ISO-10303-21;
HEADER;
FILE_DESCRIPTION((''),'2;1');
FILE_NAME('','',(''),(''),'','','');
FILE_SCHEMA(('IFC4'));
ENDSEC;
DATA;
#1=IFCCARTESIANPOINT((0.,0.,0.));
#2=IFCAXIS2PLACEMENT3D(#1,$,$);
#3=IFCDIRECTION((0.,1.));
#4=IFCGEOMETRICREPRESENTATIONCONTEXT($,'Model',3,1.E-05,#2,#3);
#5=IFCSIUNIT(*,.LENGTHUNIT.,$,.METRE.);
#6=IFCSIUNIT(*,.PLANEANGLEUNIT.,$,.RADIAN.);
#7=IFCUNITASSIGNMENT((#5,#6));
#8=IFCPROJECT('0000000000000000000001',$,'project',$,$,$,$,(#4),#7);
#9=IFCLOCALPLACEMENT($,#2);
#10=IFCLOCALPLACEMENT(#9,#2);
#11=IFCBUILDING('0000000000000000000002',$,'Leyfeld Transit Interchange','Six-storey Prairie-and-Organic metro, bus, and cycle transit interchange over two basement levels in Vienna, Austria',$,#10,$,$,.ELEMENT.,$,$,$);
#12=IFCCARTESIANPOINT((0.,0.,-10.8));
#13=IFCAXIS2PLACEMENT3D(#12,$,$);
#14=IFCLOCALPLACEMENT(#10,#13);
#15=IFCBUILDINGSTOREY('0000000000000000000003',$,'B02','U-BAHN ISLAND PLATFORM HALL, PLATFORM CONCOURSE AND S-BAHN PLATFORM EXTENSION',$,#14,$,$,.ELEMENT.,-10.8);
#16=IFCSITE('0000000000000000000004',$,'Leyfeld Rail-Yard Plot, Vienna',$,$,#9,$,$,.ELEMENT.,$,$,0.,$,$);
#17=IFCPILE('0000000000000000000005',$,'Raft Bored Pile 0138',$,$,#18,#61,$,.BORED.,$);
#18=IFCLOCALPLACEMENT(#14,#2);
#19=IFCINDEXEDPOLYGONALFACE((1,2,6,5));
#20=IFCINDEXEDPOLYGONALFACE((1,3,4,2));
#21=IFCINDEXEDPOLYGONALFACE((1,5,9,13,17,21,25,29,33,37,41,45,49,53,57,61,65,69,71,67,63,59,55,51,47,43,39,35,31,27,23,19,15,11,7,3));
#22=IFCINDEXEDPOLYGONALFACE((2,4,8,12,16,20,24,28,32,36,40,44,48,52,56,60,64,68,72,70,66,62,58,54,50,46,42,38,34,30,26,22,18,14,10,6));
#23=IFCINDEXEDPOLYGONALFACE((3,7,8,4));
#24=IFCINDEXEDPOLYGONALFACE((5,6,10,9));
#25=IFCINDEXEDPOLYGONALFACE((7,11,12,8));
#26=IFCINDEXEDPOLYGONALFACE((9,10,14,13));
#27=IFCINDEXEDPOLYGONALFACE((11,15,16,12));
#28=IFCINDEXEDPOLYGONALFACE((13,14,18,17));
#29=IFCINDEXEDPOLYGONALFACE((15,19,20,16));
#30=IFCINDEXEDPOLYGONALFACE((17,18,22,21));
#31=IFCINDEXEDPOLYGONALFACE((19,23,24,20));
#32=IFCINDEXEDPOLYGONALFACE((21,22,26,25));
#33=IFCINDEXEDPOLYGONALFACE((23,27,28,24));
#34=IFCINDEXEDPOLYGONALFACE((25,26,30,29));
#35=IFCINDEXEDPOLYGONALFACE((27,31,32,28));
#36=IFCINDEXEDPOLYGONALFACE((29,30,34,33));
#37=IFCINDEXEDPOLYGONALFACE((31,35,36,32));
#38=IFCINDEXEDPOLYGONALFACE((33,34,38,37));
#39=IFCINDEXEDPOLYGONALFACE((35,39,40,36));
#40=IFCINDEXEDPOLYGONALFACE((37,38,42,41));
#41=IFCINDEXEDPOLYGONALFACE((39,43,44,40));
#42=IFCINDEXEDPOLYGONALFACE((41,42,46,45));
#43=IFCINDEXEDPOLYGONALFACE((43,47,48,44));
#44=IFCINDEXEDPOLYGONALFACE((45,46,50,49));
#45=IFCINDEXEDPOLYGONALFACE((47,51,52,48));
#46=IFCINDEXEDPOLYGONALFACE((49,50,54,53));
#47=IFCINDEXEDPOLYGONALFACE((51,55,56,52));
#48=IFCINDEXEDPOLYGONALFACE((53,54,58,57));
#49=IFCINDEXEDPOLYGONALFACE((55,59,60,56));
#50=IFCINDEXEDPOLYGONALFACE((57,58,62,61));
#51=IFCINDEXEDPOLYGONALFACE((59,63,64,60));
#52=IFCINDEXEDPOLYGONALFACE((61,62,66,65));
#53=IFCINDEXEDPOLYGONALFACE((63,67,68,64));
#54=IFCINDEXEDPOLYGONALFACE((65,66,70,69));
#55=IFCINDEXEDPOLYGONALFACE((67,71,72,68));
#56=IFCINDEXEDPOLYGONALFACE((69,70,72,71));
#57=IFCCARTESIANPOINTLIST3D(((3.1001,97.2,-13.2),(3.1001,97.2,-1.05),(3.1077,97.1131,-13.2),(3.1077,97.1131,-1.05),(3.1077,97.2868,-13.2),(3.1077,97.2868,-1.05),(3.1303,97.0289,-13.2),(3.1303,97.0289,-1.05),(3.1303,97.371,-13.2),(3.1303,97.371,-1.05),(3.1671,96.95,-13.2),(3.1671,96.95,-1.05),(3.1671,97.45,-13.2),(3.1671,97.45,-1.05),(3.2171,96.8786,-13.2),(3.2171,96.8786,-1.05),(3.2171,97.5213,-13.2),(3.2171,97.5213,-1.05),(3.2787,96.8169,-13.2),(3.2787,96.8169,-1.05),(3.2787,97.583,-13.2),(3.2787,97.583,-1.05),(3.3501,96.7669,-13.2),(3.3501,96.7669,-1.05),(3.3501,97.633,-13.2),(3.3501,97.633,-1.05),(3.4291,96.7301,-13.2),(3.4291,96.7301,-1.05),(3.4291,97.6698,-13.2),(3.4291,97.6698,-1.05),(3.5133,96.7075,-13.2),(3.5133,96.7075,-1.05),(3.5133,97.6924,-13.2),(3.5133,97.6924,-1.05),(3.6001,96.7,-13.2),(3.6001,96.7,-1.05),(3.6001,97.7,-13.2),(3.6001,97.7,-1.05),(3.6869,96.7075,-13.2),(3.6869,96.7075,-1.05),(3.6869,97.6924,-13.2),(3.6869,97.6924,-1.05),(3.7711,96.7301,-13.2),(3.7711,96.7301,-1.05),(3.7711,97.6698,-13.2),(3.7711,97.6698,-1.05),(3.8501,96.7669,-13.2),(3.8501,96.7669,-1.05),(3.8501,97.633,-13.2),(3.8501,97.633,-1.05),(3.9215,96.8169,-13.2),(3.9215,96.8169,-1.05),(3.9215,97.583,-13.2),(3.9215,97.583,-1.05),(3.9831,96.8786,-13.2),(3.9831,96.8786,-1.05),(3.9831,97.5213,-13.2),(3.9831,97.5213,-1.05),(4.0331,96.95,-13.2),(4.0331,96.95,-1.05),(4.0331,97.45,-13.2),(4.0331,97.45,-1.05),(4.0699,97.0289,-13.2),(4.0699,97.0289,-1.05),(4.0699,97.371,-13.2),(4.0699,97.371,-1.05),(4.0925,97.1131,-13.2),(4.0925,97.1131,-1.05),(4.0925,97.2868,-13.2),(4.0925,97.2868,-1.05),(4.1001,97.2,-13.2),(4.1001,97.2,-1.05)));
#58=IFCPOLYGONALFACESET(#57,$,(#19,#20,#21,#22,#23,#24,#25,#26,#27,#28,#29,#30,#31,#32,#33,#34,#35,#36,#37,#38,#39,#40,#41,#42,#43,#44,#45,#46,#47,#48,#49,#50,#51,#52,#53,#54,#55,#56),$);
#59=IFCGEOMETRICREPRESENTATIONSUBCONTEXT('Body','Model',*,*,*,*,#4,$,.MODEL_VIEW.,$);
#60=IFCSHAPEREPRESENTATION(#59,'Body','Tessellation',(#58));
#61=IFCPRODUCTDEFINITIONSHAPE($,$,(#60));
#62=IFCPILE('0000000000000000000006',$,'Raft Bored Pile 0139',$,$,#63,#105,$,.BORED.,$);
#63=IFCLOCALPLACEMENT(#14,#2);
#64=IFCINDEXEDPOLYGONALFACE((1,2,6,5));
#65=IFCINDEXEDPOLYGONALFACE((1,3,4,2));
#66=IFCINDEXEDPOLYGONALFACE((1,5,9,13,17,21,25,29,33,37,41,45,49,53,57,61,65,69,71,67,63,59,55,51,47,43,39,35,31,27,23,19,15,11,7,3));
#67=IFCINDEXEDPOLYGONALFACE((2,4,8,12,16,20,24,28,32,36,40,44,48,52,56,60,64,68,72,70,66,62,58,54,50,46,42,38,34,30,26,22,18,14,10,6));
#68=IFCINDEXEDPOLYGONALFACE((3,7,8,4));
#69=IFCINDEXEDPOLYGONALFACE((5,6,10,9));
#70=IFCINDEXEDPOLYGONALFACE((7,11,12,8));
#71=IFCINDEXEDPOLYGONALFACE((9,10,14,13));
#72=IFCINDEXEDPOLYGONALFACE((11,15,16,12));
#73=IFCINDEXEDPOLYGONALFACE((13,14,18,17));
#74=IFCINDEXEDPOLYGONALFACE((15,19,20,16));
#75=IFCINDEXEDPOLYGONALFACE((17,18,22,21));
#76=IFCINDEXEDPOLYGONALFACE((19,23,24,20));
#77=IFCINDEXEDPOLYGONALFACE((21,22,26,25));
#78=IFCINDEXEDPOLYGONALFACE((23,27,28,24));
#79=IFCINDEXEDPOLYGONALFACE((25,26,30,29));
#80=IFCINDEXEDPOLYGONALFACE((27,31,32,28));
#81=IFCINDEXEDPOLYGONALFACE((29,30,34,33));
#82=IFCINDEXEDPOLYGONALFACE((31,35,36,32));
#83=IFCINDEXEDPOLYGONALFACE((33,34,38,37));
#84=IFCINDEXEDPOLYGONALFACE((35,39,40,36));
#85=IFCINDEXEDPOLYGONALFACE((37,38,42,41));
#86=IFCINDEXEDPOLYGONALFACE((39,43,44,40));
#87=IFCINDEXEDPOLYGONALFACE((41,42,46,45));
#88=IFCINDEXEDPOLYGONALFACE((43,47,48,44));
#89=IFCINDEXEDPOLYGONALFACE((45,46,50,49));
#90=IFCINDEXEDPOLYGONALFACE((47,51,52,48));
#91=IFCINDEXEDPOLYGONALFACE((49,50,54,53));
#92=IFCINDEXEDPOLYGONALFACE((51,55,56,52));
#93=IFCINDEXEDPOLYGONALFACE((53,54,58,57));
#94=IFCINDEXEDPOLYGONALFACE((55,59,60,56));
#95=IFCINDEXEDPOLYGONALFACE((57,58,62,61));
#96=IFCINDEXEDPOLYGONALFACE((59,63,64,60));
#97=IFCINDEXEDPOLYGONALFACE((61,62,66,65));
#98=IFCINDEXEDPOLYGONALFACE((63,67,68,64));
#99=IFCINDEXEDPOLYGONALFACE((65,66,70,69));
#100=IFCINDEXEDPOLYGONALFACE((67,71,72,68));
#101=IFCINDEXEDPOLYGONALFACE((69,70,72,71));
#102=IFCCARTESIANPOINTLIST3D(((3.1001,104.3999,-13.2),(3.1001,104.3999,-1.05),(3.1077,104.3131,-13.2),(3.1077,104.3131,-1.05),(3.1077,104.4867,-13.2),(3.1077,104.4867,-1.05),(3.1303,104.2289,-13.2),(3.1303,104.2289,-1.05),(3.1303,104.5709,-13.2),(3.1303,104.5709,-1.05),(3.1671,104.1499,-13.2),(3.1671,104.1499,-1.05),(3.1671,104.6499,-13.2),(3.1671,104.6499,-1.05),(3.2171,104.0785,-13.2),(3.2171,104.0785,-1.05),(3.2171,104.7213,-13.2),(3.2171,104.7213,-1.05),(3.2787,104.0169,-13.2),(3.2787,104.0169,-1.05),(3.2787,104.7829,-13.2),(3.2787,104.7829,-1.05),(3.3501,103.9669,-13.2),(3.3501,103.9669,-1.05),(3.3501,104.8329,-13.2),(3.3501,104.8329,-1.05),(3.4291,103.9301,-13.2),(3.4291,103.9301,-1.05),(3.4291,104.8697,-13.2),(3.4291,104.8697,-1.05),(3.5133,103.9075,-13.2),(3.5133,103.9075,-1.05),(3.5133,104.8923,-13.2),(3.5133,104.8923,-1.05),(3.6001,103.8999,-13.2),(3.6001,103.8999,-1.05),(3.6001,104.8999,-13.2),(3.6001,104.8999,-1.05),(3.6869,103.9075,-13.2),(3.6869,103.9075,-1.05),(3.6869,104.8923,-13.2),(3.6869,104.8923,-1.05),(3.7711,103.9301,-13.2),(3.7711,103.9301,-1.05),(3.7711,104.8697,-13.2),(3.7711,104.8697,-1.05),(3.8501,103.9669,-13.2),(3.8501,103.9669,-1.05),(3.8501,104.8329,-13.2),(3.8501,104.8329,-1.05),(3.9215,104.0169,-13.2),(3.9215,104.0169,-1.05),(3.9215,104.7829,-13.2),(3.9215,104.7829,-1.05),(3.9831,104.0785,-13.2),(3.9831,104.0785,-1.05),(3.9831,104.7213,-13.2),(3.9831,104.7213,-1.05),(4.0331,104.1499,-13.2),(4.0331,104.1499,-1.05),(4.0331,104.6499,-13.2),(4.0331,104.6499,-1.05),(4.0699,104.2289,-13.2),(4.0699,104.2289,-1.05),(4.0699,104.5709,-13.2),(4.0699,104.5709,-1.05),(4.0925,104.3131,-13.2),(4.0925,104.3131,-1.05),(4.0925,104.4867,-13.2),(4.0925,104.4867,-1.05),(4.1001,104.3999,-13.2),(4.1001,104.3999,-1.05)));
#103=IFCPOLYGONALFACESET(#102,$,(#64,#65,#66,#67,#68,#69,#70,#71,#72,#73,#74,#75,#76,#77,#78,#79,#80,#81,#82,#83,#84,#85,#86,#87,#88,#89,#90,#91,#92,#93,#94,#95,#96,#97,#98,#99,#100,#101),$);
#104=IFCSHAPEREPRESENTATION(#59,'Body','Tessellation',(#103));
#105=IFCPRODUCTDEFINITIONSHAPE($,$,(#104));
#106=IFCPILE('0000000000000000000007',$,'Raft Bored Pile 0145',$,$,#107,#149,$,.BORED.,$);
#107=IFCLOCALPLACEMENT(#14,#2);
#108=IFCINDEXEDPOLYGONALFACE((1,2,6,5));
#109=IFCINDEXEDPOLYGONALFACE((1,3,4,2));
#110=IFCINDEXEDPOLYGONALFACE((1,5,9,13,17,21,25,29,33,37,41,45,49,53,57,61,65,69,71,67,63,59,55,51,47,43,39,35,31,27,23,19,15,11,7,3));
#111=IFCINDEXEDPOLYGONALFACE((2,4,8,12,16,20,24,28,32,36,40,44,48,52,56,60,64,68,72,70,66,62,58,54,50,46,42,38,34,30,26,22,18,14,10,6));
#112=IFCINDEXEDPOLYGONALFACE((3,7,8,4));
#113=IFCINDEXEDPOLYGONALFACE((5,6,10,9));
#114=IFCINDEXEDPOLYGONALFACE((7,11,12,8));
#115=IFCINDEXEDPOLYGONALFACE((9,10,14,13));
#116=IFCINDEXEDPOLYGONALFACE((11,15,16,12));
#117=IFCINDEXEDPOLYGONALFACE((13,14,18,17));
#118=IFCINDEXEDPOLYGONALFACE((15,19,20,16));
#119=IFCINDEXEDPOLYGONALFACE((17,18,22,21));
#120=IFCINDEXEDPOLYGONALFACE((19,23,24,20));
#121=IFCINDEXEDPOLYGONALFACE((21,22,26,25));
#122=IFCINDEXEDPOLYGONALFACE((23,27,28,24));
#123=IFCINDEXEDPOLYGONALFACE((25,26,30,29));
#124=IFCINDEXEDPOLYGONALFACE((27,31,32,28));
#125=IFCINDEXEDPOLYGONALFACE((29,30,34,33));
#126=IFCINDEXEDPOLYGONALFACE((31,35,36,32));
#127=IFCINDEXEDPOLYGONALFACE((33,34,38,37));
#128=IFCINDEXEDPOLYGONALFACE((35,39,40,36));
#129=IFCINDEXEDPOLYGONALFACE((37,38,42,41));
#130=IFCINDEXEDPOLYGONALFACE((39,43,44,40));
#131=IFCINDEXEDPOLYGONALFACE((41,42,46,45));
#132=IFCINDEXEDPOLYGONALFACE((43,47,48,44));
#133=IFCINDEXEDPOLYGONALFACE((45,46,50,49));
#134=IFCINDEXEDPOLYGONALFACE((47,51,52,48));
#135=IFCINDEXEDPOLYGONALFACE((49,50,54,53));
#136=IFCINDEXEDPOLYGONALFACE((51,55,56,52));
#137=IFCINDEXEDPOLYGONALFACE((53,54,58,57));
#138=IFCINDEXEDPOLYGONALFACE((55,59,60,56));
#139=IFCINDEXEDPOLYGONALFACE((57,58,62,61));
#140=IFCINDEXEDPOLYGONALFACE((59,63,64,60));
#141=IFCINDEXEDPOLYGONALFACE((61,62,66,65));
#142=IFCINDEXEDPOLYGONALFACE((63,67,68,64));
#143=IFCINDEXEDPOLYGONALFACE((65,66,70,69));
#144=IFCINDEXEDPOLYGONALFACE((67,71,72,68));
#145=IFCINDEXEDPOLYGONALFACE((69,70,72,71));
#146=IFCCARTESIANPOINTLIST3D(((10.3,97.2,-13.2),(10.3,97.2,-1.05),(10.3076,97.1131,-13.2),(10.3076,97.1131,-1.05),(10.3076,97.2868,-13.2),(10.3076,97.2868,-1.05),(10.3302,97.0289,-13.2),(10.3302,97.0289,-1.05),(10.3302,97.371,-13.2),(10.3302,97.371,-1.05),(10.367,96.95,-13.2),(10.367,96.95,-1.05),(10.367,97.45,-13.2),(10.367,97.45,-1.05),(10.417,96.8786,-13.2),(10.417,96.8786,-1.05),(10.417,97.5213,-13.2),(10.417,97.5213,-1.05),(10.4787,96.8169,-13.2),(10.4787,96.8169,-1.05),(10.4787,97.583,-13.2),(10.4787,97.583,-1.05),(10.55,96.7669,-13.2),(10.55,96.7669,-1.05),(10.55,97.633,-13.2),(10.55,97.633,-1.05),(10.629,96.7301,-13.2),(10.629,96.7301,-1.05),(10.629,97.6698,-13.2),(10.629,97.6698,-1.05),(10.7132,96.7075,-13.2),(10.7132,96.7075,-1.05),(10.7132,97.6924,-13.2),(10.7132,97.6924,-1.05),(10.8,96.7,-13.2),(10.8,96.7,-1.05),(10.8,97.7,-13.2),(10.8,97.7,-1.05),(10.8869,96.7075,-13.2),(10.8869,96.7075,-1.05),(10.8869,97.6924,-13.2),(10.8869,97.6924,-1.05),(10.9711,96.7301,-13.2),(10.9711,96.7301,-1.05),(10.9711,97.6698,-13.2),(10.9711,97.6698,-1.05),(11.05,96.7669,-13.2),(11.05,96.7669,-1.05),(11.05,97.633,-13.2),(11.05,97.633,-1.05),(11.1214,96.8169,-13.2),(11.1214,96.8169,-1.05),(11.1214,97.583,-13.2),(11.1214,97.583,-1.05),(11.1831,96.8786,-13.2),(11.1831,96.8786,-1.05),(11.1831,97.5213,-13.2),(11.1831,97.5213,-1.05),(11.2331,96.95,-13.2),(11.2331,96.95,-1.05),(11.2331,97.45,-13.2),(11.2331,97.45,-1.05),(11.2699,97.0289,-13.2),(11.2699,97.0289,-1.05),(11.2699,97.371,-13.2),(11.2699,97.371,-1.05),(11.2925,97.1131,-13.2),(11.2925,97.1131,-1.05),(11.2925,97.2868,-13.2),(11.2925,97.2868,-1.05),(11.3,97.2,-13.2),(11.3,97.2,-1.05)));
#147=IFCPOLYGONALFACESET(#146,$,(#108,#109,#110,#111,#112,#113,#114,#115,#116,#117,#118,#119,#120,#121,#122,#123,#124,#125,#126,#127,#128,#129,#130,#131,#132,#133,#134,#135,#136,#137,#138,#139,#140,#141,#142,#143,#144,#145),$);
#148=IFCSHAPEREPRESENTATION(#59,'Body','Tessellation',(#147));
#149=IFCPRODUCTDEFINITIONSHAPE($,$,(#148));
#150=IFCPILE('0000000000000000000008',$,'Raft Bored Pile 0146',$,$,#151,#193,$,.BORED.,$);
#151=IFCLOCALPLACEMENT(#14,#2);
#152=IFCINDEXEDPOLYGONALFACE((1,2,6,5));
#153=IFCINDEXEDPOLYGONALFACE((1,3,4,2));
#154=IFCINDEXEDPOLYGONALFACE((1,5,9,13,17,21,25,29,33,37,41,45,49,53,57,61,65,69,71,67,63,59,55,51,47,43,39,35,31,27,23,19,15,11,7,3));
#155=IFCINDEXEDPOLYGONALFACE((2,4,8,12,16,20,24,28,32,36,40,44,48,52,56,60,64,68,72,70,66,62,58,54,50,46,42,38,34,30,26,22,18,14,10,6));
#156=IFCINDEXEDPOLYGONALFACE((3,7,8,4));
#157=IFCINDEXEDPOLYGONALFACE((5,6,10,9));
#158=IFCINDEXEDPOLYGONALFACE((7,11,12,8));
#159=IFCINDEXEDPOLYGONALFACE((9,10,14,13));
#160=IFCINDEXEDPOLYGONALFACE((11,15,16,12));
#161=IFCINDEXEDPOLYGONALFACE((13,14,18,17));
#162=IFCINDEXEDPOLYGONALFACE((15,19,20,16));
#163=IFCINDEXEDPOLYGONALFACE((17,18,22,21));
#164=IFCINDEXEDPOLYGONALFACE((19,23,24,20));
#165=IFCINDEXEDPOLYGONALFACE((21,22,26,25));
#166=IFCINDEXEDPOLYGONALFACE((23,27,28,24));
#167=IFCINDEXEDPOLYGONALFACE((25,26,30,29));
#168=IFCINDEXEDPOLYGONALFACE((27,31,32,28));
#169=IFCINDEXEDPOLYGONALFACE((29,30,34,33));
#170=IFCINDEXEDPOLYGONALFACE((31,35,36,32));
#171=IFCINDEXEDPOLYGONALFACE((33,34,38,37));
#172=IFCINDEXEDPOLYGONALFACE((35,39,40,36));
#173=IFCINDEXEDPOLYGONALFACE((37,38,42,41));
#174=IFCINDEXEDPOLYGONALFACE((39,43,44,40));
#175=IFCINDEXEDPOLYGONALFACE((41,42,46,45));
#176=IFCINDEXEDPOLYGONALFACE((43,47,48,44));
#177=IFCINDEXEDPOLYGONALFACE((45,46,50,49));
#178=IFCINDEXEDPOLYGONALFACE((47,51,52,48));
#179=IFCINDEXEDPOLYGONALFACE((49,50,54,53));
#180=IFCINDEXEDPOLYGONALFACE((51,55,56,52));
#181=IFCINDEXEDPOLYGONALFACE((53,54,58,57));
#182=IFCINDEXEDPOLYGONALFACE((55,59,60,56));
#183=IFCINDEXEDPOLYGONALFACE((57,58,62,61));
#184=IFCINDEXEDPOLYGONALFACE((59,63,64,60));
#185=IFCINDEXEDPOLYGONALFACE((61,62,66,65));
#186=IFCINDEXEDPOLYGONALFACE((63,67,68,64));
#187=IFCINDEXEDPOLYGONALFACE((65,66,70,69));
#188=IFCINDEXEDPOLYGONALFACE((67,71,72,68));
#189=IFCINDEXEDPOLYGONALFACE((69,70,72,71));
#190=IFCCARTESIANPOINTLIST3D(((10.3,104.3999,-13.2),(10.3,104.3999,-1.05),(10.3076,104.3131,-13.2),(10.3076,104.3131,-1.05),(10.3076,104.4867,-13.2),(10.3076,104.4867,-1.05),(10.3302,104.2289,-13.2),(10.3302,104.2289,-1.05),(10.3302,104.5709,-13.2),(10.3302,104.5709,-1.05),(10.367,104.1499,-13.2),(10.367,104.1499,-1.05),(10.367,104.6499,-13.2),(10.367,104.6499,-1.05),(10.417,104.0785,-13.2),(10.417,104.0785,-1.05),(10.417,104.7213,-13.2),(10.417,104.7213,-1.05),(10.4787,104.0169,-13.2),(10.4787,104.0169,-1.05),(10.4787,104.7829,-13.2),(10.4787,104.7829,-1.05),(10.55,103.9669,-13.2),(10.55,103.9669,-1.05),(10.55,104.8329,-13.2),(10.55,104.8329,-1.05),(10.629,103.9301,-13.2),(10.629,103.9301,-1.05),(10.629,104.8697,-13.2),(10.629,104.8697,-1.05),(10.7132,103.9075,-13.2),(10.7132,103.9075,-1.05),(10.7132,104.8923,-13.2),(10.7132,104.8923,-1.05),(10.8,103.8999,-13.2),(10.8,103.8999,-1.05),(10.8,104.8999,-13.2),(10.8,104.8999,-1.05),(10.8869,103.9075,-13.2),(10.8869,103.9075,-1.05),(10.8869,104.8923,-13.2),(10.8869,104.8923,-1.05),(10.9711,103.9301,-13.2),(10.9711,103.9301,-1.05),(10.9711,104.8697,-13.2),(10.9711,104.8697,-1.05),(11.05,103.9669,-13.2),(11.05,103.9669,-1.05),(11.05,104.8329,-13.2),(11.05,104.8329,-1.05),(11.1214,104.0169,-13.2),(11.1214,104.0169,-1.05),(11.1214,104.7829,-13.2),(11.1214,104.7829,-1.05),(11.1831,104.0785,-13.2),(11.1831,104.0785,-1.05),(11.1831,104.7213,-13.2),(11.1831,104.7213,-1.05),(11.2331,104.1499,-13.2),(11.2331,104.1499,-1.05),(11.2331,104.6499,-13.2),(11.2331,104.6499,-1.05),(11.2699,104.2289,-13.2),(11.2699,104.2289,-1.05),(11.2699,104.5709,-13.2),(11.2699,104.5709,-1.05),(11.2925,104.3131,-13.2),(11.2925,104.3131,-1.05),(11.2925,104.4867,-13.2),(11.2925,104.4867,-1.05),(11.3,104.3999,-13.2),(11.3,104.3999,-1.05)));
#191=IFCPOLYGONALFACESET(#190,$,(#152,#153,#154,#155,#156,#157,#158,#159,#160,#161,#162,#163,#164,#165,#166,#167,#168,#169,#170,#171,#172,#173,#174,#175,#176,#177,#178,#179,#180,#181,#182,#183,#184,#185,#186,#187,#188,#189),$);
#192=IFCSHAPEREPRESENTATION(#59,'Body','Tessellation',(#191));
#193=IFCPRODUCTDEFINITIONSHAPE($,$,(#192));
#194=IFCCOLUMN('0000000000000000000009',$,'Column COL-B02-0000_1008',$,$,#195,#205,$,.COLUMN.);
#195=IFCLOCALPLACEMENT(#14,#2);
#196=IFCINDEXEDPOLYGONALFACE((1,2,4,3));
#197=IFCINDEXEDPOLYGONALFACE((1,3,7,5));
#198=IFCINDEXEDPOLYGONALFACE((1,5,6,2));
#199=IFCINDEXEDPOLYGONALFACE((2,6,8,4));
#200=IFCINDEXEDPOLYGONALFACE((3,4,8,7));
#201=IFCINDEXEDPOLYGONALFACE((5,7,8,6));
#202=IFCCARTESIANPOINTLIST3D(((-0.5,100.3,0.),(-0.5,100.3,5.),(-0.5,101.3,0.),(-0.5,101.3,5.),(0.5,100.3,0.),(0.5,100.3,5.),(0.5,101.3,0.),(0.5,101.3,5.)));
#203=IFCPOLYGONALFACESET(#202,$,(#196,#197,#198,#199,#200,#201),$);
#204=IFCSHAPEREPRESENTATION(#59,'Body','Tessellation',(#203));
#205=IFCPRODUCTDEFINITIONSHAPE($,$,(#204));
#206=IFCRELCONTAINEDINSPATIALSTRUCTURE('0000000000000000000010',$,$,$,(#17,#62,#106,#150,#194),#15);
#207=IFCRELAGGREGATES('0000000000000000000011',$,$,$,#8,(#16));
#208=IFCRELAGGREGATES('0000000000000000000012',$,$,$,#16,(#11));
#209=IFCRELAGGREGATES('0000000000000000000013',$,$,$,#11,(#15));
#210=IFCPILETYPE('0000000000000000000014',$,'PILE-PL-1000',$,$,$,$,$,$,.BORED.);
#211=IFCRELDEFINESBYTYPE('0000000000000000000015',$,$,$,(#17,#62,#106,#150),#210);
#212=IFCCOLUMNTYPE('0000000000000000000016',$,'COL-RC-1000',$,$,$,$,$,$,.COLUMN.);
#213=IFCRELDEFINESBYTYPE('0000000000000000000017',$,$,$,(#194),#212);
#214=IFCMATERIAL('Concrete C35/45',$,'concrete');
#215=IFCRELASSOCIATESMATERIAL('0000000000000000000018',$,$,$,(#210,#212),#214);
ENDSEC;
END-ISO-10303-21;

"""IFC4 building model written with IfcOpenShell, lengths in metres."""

from ifc_helpers import new_model, si_unit, direction, frame, origin, origin_2d, place, context, subcontext, project, spatial, rectangle, circle, extrude, material, material_profile, profile_set, type_object, element, save


model = new_model("IFC4")

# Units and contexts
model_context = context("Model", 3, precision=1e-05, world=origin(), true_north=direction((0.0, 1.0)))
body_context = subcontext(model_context, "Body", "Model", "MODEL_VIEW")
ifc_project = project(units=[si_unit("LENGTHUNIT", "METRE"), si_unit("PLANEANGLEUNIT", "RADIAN")], contexts=[model_context])

# Site, building, storey
site_placement = place(None, origin())
site = spatial("IfcSite", under=ifc_project, at=site_placement, Name="Leyfeld Rail-Yard Plot, Vienna", CompositionType="ELEMENT", RefElevation=0.0)
building_placement = place(site_placement, origin())
building = spatial("IfcBuilding", under=site, at=building_placement, Name="Leyfeld Transit Interchange", Description="Six-storey Prairie-and-Organic metro, bus, and cycle transit interchange over two basement levels in Vienna, Austria", CompositionType="ELEMENT")
storey_placement = place(building_placement, frame((0.0, 0.0, -10.8)))
storey = spatial("IfcBuildingStorey", under=building, at=storey_placement, Name="B02", Description="U-BAHN ISLAND PLATFORM HALL, PLATFORM CONCOURSE AND S-BAHN PLATFORM EXTENSION", CompositionType="ELEMENT", Elevation=-10.8)

# Piles
ifc_material_1 = material(Name="Concrete C35/45", Category="concrete")
ifc_material_profile_1 = material_profile(ifc_material_1, circle(Radius=0.5, at=origin_2d()), Name="PILE D1000")
ifc_profile_set_1 = profile_set([ifc_material_profile_1], Name="Concrete C35/45")
pile_type = type_object("IfcPileType", Name="PILE-PL-1000", PredefinedType="BORED", material=ifc_profile_set_1)
for number, where, z_axis, x_axis, name in (
    (1, (3.6001, 97.2, -1.05), (0.0, 0.0, -1.0), (1.0, 0.0, 0.0), "Raft Bored Pile 0138"),
    (2, (3.6001, 104.3999, -1.05), (0.0, 0.0, -1.0), (1.0, 0.0, 0.0), "Raft Bored Pile 0139"),
    (3, (10.8, 97.2, -1.05), (0.0, 0.0, -1.0), (1.0, 0.0, 0.0), "Raft Bored Pile 0145"),
    (4, (10.8, 104.3999, -1.05), (0.0, 0.0, -1.0), (1.0, 0.0, 0.0), "Raft Bored Pile 0146"),
):
    element("IfcPile", number, at=place(storey_placement, frame(where, z_axis=z_axis, x_axis=x_axis)), inside=storey, type_object=pile_type, Name=name, PredefinedType="BORED", context=body_context, shape_type="SweptSolid", body=[
        extrude(circle(Radius=0.5, at=origin_2d()), origin(), (0.0, 0.0, 1.0), 12.1499),
    ])

# Column
ifc_material_profile_2 = material_profile(ifc_material_1, rectangle(XDim=1.0, YDim=1.0, at=origin_2d()), Name="RC 1000x1000")
ifc_profile_set_2 = profile_set([ifc_material_profile_2], Name="Concrete C35/45")
column_type = type_object("IfcColumnType", Name="COL-RC-1000", PredefinedType="COLUMN", material=ifc_profile_set_2)
for number, where, z_axis, x_axis, name in (
    (5, (0.0, 100.8, 0.0), (0.0, 0.0, 1.0), (1.0, 0.0, 0.0), "Column COL-B02-0000_1008"),
):
    element("IfcColumn", number, at=place(storey_placement, frame(where, z_axis=z_axis, x_axis=x_axis)), inside=storey, type_object=column_type, Name=name, PredefinedType="COLUMN", context=body_context, shape_type="SweptSolid", body=[
        extrude(rectangle(XDim=1.0, YDim=1.0, at=origin_2d()), origin(), (0.0, 0.0, 1.0), 5.0),
    ])

save(model, "model.ifc")
